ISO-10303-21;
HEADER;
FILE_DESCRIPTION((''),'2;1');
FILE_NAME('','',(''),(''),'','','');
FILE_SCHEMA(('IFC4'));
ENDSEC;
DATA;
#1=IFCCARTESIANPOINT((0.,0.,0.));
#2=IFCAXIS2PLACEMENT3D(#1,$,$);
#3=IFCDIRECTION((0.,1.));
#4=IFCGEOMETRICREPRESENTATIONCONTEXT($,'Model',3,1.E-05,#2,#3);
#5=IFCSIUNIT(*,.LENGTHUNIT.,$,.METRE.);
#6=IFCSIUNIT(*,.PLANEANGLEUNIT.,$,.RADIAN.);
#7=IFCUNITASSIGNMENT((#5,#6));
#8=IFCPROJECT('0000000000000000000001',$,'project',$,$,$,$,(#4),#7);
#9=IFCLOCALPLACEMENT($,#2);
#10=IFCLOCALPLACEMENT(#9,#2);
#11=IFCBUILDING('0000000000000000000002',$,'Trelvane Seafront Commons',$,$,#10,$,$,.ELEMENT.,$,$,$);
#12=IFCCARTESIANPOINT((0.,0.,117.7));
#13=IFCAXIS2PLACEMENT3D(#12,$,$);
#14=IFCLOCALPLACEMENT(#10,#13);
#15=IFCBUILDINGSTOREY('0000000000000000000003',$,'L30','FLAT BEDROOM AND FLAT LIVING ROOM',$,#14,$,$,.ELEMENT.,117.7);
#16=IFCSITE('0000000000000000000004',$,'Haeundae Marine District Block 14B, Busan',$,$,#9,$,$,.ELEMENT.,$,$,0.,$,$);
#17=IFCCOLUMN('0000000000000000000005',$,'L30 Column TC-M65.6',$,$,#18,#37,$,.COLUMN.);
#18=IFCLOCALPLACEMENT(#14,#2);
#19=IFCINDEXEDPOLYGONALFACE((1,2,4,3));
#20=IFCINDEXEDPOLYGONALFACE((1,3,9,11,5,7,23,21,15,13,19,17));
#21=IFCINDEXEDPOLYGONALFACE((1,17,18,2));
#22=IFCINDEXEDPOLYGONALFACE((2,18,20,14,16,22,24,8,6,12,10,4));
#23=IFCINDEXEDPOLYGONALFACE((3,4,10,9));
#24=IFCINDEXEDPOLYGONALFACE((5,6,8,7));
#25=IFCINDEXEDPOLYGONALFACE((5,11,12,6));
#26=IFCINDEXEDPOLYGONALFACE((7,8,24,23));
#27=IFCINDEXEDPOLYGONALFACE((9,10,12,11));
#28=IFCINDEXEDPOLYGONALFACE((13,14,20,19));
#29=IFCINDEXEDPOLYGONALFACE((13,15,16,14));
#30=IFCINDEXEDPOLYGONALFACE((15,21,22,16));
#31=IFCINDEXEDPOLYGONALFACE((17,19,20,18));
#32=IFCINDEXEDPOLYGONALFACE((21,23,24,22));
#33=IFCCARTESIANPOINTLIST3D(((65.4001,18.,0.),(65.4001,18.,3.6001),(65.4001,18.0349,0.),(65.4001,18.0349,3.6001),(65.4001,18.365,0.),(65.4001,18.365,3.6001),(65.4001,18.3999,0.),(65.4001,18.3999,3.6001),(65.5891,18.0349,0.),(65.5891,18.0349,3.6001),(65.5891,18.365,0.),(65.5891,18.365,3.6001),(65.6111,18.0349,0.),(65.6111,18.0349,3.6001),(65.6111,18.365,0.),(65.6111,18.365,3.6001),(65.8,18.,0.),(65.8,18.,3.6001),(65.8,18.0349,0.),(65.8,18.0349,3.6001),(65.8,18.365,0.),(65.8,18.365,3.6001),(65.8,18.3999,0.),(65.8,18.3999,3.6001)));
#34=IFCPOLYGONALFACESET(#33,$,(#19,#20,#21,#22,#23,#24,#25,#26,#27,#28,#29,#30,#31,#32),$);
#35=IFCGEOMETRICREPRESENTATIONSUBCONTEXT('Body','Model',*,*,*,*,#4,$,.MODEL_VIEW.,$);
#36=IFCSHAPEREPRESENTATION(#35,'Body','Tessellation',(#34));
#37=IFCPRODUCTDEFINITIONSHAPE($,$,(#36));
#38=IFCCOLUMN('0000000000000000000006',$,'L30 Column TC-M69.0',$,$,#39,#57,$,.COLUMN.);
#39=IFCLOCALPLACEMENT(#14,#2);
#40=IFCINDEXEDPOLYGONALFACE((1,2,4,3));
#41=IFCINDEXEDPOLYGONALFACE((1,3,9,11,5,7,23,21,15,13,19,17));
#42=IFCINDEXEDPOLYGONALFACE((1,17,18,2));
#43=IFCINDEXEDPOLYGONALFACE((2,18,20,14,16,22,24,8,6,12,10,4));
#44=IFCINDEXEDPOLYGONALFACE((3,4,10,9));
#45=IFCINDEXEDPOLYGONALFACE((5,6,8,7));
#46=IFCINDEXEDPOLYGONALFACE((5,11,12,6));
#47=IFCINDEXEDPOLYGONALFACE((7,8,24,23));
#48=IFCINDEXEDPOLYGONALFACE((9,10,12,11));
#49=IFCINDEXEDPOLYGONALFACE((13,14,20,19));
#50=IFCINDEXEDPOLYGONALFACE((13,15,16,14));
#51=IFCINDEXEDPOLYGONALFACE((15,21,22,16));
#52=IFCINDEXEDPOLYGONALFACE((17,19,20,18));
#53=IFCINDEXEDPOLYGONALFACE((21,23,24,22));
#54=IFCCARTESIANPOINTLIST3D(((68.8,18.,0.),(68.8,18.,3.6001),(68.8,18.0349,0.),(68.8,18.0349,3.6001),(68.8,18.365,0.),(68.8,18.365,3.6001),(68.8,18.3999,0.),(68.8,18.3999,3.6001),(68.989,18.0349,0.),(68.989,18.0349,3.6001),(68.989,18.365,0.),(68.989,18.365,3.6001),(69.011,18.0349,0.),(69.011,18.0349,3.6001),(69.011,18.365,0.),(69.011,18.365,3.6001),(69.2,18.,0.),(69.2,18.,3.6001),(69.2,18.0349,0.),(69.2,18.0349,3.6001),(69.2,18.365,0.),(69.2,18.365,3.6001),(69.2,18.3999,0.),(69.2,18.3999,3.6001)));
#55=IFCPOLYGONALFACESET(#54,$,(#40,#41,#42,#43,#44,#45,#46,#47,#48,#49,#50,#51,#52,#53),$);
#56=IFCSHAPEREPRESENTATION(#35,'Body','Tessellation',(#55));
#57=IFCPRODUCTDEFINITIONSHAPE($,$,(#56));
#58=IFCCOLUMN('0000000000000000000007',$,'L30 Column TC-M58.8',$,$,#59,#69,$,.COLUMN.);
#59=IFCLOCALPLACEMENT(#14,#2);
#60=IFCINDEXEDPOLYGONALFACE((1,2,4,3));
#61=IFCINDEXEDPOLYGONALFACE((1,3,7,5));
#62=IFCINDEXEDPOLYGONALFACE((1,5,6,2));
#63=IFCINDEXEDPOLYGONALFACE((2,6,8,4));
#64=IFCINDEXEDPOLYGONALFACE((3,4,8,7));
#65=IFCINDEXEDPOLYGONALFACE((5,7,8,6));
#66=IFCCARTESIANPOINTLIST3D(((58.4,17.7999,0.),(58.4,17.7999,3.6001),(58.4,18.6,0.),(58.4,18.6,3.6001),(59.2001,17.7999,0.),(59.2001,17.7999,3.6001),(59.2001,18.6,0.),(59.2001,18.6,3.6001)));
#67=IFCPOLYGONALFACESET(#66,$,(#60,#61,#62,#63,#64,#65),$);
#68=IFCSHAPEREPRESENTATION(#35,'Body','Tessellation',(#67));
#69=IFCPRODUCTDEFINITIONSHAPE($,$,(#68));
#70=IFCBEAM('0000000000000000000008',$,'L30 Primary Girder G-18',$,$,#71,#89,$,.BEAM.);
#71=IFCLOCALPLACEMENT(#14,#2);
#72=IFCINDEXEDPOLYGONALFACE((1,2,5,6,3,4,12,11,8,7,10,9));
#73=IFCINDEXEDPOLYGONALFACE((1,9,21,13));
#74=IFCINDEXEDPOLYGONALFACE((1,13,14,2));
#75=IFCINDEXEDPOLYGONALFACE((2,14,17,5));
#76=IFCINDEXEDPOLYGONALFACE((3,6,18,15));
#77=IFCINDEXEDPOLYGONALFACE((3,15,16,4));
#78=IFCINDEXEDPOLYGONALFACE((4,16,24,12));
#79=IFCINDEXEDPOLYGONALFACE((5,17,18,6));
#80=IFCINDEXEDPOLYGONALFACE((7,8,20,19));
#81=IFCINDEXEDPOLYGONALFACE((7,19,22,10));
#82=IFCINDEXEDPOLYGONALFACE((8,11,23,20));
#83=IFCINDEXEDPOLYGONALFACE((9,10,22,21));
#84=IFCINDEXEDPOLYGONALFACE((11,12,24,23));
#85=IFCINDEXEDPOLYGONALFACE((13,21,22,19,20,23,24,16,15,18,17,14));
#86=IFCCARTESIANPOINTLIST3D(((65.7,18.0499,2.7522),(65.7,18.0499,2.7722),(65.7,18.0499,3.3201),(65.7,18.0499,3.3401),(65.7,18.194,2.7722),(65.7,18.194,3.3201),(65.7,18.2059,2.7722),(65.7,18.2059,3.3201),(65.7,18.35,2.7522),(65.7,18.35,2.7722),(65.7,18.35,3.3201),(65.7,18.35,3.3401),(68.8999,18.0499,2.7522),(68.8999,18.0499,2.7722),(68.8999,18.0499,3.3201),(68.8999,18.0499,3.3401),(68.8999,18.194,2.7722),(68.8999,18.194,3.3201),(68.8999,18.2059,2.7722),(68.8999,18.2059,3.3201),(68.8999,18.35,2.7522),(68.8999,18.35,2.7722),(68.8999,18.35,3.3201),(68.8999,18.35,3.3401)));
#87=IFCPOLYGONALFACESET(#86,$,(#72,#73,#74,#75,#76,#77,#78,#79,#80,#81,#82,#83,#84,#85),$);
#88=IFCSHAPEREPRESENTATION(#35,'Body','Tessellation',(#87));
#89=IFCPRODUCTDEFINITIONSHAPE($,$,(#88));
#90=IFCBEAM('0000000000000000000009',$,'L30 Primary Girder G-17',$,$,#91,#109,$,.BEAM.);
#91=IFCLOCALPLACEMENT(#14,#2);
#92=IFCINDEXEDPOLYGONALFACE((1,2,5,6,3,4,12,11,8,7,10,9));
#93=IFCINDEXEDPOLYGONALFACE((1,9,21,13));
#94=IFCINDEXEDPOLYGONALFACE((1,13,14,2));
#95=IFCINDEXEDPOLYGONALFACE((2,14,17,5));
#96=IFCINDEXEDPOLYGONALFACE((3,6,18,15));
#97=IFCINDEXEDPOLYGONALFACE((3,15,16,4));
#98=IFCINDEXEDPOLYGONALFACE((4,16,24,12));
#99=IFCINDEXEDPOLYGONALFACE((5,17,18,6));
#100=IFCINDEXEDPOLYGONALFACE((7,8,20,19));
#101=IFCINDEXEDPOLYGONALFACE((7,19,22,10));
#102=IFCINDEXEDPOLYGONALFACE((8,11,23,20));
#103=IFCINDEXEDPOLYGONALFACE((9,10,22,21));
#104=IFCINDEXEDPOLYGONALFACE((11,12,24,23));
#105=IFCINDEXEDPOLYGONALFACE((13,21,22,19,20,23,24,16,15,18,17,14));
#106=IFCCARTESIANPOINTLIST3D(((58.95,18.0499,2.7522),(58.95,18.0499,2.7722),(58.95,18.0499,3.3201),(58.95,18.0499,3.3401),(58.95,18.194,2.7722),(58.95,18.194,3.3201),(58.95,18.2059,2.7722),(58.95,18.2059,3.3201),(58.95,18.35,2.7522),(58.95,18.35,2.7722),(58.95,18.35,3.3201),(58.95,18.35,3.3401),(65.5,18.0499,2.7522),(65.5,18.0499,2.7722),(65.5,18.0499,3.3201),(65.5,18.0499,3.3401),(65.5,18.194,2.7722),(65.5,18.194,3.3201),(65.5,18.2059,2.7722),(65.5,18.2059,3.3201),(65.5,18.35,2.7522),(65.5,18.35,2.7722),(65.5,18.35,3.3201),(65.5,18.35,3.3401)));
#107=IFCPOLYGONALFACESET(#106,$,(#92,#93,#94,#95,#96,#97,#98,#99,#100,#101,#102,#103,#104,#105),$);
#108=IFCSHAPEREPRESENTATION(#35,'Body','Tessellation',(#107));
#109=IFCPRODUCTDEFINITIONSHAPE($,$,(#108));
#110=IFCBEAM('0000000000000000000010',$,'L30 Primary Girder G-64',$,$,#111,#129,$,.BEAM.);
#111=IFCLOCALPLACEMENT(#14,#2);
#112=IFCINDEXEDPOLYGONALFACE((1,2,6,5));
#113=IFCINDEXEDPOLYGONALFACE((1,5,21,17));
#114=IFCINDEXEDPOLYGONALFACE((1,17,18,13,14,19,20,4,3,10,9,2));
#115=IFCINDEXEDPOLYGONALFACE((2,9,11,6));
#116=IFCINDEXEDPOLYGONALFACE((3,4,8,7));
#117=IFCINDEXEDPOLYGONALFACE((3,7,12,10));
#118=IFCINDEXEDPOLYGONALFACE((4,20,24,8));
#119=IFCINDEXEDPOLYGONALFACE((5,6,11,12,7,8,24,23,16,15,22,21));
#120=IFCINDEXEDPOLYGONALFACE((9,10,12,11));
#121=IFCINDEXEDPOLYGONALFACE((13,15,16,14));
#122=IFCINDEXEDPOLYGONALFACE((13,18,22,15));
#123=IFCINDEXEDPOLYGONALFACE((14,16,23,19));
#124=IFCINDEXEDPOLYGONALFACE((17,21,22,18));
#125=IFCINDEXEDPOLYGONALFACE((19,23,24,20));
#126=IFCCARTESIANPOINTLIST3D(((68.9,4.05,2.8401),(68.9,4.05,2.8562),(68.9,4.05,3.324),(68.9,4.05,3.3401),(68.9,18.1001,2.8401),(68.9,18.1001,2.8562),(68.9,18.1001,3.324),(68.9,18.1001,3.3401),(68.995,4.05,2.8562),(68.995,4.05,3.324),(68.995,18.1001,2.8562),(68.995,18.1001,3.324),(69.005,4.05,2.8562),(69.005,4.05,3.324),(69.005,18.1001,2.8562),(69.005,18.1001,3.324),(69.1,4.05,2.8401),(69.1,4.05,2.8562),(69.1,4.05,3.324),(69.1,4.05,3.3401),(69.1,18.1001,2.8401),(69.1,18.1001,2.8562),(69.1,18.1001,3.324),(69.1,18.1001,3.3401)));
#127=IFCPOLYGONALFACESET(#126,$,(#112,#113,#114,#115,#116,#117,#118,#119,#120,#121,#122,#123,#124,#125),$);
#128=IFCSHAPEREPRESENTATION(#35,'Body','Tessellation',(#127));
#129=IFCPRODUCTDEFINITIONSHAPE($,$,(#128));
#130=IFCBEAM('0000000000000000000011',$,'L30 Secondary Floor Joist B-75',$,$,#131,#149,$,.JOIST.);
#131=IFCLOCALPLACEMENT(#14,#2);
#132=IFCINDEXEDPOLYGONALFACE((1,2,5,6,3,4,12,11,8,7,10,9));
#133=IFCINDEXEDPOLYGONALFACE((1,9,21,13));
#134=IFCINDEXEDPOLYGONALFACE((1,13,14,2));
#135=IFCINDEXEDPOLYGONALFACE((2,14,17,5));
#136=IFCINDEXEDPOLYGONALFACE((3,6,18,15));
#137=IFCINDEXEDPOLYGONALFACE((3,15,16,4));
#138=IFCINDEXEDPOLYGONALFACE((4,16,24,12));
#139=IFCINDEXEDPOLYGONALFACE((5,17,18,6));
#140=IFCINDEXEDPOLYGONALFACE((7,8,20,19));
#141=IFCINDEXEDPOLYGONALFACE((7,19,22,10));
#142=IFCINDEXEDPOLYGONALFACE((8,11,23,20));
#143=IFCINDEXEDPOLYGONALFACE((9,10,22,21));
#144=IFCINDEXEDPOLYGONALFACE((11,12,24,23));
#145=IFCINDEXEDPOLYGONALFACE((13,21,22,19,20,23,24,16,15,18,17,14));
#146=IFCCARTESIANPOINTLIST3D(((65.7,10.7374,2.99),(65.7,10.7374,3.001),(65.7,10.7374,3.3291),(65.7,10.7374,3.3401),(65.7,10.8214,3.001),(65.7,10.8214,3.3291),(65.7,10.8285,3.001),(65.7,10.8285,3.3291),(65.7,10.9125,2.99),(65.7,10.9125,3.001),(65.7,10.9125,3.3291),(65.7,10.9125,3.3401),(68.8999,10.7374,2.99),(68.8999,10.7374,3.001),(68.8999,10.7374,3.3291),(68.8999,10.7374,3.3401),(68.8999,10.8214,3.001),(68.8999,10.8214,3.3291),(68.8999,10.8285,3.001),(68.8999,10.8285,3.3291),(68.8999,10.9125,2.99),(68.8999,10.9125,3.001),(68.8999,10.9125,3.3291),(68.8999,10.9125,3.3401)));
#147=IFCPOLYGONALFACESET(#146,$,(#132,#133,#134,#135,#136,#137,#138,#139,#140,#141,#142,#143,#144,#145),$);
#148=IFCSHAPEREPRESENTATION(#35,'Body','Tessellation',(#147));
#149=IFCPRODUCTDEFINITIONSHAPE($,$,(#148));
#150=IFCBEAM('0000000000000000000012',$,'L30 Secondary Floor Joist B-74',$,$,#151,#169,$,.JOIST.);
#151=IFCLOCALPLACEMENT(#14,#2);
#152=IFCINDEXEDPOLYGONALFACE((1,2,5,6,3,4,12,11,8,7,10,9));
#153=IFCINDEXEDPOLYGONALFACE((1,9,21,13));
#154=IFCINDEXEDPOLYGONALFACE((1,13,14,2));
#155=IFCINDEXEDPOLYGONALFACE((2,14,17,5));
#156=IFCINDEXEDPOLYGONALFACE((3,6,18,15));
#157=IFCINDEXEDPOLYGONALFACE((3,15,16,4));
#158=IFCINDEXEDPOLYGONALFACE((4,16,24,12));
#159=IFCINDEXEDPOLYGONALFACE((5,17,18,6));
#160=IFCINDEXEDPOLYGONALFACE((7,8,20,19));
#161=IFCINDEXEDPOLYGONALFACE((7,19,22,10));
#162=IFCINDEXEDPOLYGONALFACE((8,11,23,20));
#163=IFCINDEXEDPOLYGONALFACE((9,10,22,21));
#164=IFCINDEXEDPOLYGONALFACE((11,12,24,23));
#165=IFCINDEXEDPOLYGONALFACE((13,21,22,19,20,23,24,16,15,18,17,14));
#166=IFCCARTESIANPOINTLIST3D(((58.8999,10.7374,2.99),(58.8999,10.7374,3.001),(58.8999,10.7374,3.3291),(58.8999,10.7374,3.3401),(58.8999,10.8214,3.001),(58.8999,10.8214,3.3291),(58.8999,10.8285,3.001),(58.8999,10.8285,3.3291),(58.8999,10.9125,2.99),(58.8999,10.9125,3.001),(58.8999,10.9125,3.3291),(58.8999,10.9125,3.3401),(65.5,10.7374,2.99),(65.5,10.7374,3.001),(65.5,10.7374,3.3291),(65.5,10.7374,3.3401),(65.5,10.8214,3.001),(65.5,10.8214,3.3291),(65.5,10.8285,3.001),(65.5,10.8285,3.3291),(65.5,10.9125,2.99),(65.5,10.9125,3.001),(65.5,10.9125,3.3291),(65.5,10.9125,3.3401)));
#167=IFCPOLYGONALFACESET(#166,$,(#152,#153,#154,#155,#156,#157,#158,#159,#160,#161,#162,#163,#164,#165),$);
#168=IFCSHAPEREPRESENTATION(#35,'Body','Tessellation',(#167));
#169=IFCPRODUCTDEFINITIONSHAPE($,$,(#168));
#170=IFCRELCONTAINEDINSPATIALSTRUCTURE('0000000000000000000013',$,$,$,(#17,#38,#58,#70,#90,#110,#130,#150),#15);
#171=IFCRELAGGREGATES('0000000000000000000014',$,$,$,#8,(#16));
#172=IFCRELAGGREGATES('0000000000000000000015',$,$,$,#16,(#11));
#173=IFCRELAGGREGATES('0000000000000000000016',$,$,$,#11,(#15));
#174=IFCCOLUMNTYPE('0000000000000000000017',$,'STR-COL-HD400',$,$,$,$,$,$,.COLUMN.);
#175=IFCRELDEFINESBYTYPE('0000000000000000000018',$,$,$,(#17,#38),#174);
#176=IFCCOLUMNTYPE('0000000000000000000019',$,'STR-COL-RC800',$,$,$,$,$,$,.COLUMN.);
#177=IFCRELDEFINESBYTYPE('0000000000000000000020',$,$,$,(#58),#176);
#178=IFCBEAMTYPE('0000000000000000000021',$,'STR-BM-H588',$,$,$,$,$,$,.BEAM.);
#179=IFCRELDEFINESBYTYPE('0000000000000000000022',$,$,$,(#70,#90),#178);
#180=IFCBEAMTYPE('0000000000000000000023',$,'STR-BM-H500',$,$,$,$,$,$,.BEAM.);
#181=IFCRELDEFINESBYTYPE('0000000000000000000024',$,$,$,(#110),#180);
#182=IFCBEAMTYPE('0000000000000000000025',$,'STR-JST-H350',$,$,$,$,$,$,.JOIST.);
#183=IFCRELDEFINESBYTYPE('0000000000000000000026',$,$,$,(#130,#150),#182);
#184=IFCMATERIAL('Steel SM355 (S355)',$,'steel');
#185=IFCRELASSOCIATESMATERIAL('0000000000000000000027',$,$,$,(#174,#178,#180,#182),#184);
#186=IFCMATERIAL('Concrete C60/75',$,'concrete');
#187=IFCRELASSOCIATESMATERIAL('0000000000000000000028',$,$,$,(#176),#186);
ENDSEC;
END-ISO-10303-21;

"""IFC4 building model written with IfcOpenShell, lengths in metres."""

from ifc_helpers import new_model, si_unit, direction, frame, origin, origin_2d, place, context, subcontext, project, spatial, rectangle, i_section, extrude, source, transform, mapped, material, material_profile, profile_set, type_object, element, save


model = new_model("IFC4")

# Units and contexts
model_context = context("Model", 3, precision=1e-05, world=origin(), true_north=direction((0.0, 1.0)))
body_context = subcontext(model_context, "Body", "Model", "MODEL_VIEW")
ifc_project = project(units=[si_unit("LENGTHUNIT", "METRE"), si_unit("PLANEANGLEUNIT", "RADIAN")], contexts=[model_context])

# Site, building, storey
site_placement = place(None, origin())
site = spatial("IfcSite", under=ifc_project, at=site_placement, Name="Haeundae Marine District Block 14B, Busan", CompositionType="ELEMENT", RefElevation=0.0)
building_placement = place(site_placement, origin())
building = spatial("IfcBuilding", under=site, at=building_placement, Name="Trelvane Seafront Commons", CompositionType="ELEMENT")
storey_placement = place(building_placement, frame((0.0, 0.0, 117.7)))
storey = spatial("IfcBuildingStorey", under=building, at=storey_placement, Name="L30", Description="FLAT BEDROOM AND FLAT LIVING ROOM", CompositionType="ELEMENT", Elevation=117.7)

# Columns
ifc_material_1 = material(Name="Steel SM355 (S355)", Category="steel")
ifc_material_profile_1 = material_profile(ifc_material_1, i_section(OverallWidth=0.3999, OverallDepth=0.3999, WebThickness=0.022, FlangeThickness=0.0349, at=origin_2d()), Name="HD-400x400x22x35")
ifc_profile_set_1 = profile_set([ifc_material_profile_1], Name="Steel SM355 (S355)")
column_type_1 = type_object("IfcColumnType", Name="STR-COL-HD400", PredefinedType="COLUMN", material=ifc_profile_set_1)
shared_shape_1 = source(origin(), body_context, "Body", "SweptSolid", [
    extrude(i_section(OverallWidth=0.3999, OverallDepth=0.3999, WebThickness=0.022, FlangeThickness=0.0349, at=origin_2d()), origin(), (0.0, 0.0, 1.0), 3.6001),
])
for number, where, z_axis, x_axis, name in (
    (1, (65.6001, 18.2, 0.0), (0.0, 0.0, 1.0), (1.0, 0.0, 0.0), "L30 Column TC-M65.6"),
    (2, (69.0, 18.2, 0.0), (0.0, 0.0, 1.0), (1.0, 0.0, 0.0), "L30 Column TC-M69.0"),
):
    element("IfcColumn", number, at=place(storey_placement, frame(where, z_axis=z_axis, x_axis=x_axis)), inside=storey, type_object=column_type_1, Name=name, PredefinedType="COLUMN", context=body_context, shape_type="MappedRepresentation", body=[
        mapped(shared_shape_1, transform((0.0, 0.0, 0.0), x_axis=(1.0, 0.0, 0.0), y_axis=(0.0, 1.0, 0.0), z_axis=(0.0, 0.0, 1.0), scale=1.0)),
    ])
ifc_material_2 = material(Name="Concrete C60/75", Category="concrete")
ifc_material_profile_2 = material_profile(ifc_material_2, rectangle(XDim=0.8, YDim=0.8, at=origin_2d()), Name="RC-800x800")
ifc_profile_set_2 = profile_set([ifc_material_profile_2], Name="Concrete C60/75")
column_type_2 = type_object("IfcColumnType", Name="STR-COL-RC800", PredefinedType="COLUMN", material=ifc_profile_set_2)
shared_shape_2 = source(origin(), body_context, "Body", "SweptSolid", [
    extrude(rectangle(XDim=0.8, YDim=0.8, at=origin_2d()), origin(), (0.0, 0.0, 1.0), 3.6001),
])
column_placement = place(storey_placement, frame((58.8, 18.2, 0.0), z_axis=(0.0, 0.0, 1.0), x_axis=(1.0, 0.0, 0.0)))
element("IfcColumn", 3, at=column_placement, inside=storey, type_object=column_type_2, Name="L30 Column TC-M58.8", PredefinedType="COLUMN", context=body_context, shape_type="MappedRepresentation", body=[
    mapped(shared_shape_2, transform((0.0, 0.0, 0.0), x_axis=(1.0, 0.0, 0.0), y_axis=(0.0, 1.0, 0.0), z_axis=(0.0, 0.0, 1.0), scale=1.0)),
])

# Beams
ifc_material_profile_3 = material_profile(ifc_material_1, i_section(OverallWidth=0.3, OverallDepth=0.5879, WebThickness=0.012, FlangeThickness=0.02, at=origin_2d()), Name="H-588x300x12x20")
ifc_profile_set_3 = profile_set([ifc_material_profile_3], Name="Steel SM355 (S355)")
beam_type_1 = type_object("IfcBeamType", Name="STR-BM-H588", PredefinedType="BEAM", material=ifc_profile_set_3)
shared_shape_3 = source(origin(), body_context, "Body", "SweptSolid", [
    extrude(i_section(OverallWidth=0.3, OverallDepth=0.5879, WebThickness=0.012, FlangeThickness=0.02, at=origin_2d()), origin(), (0.0, 0.0, 1.0), 3.2),
])
beam_1_placement = place(storey_placement, frame((65.7, 18.2, 3.0461), z_axis=(1.0, 0.0, 0.0), x_axis=(0.0, 1.0, 0.0)))
element("IfcBeam", 4, at=beam_1_placement, inside=storey, type_object=beam_type_1, Name="L30 Primary Girder G-18", PredefinedType="BEAM", context=body_context, shape_type="MappedRepresentation", body=[
    mapped(shared_shape_3, transform((0.0, 0.0, 0.0), x_axis=(1.0, 0.0, 0.0), y_axis=(0.0, 1.0, 0.0), z_axis=(0.0, 0.0, 1.0), scale=1.0)),
])
shared_shape_4 = source(origin(), body_context, "Body", "SweptSolid", [
    extrude(i_section(OverallWidth=0.3, OverallDepth=0.5879, WebThickness=0.012, FlangeThickness=0.02, at=origin_2d()), origin(), (0.0, 0.0, 1.0), 6.55),
])
beam_2_placement = place(storey_placement, frame((58.95, 18.2, 3.0461), z_axis=(1.0, 0.0, 0.0), x_axis=(0.0, 1.0, 0.0)))
element("IfcBeam", 5, at=beam_2_placement, inside=storey, type_object=beam_type_1, Name="L30 Primary Girder G-17", PredefinedType="BEAM", context=body_context, shape_type="MappedRepresentation", body=[
    mapped(shared_shape_4, transform((0.0, 0.0, 0.0), x_axis=(1.0, 0.0, 0.0), y_axis=(0.0, 1.0, 0.0), z_axis=(0.0, 0.0, 1.0), scale=1.0)),
])
ifc_material_profile_4 = material_profile(ifc_material_1, i_section(OverallWidth=0.2, OverallDepth=0.5, WebThickness=0.01, FlangeThickness=0.0161, at=origin_2d()), Name="H-500x200x10x16")
ifc_profile_set_4 = profile_set([ifc_material_profile_4], Name="Steel SM355 (S355)")
beam_type_2 = type_object("IfcBeamType", Name="STR-BM-H500", PredefinedType="BEAM", material=ifc_profile_set_4)
shared_shape_5 = source(origin(), body_context, "Body", "SweptSolid", [
    extrude(i_section(OverallWidth=0.2, OverallDepth=0.5, WebThickness=0.01, FlangeThickness=0.0161, at=origin_2d()), origin(), (0.0, 0.0, 1.0), 14.05),
])
beam_3_placement = place(storey_placement, frame((69.0, 4.05, 3.0901), z_axis=(0.0, 1.0, 0.0), x_axis=(-1.0, 0.0, 0.0)))
element("IfcBeam", 6, at=beam_3_placement, inside=storey, type_object=beam_type_2, Name="L30 Primary Girder G-64", PredefinedType="BEAM", context=body_context, shape_type="MappedRepresentation", body=[
    mapped(shared_shape_5, transform((0.0, 0.0, 0.0), x_axis=(1.0, 0.0, 0.0), y_axis=(0.0, 1.0, 0.0), z_axis=(0.0, 0.0, 1.0), scale=1.0)),
])
ifc_material_profile_5 = material_profile(ifc_material_1, i_section(OverallWidth=0.175, OverallDepth=0.3501, WebThickness=0.0071, FlangeThickness=0.011, at=origin_2d()), Name="H-350x175x7x11")
ifc_profile_set_5 = profile_set([ifc_material_profile_5], Name="Steel SM355 (S355)")
beam_type_3 = type_object("IfcBeamType", Name="STR-JST-H350", PredefinedType="JOIST", material=ifc_profile_set_5)
shared_shape_6 = source(origin(), body_context, "Body", "SweptSolid", [
    extrude(i_section(OverallWidth=0.175, OverallDepth=0.3501, WebThickness=0.0071, FlangeThickness=0.011, at=origin_2d()), origin(), (0.0, 0.0, 1.0), 3.2),
])
beam_4_placement = place(storey_placement, frame((65.7, 10.825, 3.165), z_axis=(1.0, 0.0, 0.0), x_axis=(0.0, 1.0, 0.0)))
element("IfcBeam", 7, at=beam_4_placement, inside=storey, type_object=beam_type_3, Name="L30 Secondary Floor Joist B-75", PredefinedType="JOIST", context=body_context, shape_type="MappedRepresentation", body=[
    mapped(shared_shape_6, transform((0.0, 0.0, 0.0), x_axis=(1.0, 0.0, 0.0), y_axis=(0.0, 1.0, 0.0), z_axis=(0.0, 0.0, 1.0), scale=1.0)),
])
shared_shape_7 = source(origin(), body_context, "Body", "SweptSolid", [
    extrude(i_section(OverallWidth=0.175, OverallDepth=0.3501, WebThickness=0.0071, FlangeThickness=0.011, at=origin_2d()), origin(), (0.0, 0.0, 1.0), 6.6001),
])
beam_5_placement = place(storey_placement, frame((58.8999, 10.825, 3.165), z_axis=(1.0, 0.0, 0.0), x_axis=(0.0, 1.0, 0.0)))
element("IfcBeam", 8, at=beam_5_placement, inside=storey, type_object=beam_type_3, Name="L30 Secondary Floor Joist B-74", PredefinedType="JOIST", context=body_context, shape_type="MappedRepresentation", body=[
    mapped(shared_shape_7, transform((0.0, 0.0, 0.0), x_axis=(1.0, 0.0, 0.0), y_axis=(0.0, 1.0, 0.0), z_axis=(0.0, 0.0, 1.0), scale=1.0)),
])

save(model, "model.ifc")
